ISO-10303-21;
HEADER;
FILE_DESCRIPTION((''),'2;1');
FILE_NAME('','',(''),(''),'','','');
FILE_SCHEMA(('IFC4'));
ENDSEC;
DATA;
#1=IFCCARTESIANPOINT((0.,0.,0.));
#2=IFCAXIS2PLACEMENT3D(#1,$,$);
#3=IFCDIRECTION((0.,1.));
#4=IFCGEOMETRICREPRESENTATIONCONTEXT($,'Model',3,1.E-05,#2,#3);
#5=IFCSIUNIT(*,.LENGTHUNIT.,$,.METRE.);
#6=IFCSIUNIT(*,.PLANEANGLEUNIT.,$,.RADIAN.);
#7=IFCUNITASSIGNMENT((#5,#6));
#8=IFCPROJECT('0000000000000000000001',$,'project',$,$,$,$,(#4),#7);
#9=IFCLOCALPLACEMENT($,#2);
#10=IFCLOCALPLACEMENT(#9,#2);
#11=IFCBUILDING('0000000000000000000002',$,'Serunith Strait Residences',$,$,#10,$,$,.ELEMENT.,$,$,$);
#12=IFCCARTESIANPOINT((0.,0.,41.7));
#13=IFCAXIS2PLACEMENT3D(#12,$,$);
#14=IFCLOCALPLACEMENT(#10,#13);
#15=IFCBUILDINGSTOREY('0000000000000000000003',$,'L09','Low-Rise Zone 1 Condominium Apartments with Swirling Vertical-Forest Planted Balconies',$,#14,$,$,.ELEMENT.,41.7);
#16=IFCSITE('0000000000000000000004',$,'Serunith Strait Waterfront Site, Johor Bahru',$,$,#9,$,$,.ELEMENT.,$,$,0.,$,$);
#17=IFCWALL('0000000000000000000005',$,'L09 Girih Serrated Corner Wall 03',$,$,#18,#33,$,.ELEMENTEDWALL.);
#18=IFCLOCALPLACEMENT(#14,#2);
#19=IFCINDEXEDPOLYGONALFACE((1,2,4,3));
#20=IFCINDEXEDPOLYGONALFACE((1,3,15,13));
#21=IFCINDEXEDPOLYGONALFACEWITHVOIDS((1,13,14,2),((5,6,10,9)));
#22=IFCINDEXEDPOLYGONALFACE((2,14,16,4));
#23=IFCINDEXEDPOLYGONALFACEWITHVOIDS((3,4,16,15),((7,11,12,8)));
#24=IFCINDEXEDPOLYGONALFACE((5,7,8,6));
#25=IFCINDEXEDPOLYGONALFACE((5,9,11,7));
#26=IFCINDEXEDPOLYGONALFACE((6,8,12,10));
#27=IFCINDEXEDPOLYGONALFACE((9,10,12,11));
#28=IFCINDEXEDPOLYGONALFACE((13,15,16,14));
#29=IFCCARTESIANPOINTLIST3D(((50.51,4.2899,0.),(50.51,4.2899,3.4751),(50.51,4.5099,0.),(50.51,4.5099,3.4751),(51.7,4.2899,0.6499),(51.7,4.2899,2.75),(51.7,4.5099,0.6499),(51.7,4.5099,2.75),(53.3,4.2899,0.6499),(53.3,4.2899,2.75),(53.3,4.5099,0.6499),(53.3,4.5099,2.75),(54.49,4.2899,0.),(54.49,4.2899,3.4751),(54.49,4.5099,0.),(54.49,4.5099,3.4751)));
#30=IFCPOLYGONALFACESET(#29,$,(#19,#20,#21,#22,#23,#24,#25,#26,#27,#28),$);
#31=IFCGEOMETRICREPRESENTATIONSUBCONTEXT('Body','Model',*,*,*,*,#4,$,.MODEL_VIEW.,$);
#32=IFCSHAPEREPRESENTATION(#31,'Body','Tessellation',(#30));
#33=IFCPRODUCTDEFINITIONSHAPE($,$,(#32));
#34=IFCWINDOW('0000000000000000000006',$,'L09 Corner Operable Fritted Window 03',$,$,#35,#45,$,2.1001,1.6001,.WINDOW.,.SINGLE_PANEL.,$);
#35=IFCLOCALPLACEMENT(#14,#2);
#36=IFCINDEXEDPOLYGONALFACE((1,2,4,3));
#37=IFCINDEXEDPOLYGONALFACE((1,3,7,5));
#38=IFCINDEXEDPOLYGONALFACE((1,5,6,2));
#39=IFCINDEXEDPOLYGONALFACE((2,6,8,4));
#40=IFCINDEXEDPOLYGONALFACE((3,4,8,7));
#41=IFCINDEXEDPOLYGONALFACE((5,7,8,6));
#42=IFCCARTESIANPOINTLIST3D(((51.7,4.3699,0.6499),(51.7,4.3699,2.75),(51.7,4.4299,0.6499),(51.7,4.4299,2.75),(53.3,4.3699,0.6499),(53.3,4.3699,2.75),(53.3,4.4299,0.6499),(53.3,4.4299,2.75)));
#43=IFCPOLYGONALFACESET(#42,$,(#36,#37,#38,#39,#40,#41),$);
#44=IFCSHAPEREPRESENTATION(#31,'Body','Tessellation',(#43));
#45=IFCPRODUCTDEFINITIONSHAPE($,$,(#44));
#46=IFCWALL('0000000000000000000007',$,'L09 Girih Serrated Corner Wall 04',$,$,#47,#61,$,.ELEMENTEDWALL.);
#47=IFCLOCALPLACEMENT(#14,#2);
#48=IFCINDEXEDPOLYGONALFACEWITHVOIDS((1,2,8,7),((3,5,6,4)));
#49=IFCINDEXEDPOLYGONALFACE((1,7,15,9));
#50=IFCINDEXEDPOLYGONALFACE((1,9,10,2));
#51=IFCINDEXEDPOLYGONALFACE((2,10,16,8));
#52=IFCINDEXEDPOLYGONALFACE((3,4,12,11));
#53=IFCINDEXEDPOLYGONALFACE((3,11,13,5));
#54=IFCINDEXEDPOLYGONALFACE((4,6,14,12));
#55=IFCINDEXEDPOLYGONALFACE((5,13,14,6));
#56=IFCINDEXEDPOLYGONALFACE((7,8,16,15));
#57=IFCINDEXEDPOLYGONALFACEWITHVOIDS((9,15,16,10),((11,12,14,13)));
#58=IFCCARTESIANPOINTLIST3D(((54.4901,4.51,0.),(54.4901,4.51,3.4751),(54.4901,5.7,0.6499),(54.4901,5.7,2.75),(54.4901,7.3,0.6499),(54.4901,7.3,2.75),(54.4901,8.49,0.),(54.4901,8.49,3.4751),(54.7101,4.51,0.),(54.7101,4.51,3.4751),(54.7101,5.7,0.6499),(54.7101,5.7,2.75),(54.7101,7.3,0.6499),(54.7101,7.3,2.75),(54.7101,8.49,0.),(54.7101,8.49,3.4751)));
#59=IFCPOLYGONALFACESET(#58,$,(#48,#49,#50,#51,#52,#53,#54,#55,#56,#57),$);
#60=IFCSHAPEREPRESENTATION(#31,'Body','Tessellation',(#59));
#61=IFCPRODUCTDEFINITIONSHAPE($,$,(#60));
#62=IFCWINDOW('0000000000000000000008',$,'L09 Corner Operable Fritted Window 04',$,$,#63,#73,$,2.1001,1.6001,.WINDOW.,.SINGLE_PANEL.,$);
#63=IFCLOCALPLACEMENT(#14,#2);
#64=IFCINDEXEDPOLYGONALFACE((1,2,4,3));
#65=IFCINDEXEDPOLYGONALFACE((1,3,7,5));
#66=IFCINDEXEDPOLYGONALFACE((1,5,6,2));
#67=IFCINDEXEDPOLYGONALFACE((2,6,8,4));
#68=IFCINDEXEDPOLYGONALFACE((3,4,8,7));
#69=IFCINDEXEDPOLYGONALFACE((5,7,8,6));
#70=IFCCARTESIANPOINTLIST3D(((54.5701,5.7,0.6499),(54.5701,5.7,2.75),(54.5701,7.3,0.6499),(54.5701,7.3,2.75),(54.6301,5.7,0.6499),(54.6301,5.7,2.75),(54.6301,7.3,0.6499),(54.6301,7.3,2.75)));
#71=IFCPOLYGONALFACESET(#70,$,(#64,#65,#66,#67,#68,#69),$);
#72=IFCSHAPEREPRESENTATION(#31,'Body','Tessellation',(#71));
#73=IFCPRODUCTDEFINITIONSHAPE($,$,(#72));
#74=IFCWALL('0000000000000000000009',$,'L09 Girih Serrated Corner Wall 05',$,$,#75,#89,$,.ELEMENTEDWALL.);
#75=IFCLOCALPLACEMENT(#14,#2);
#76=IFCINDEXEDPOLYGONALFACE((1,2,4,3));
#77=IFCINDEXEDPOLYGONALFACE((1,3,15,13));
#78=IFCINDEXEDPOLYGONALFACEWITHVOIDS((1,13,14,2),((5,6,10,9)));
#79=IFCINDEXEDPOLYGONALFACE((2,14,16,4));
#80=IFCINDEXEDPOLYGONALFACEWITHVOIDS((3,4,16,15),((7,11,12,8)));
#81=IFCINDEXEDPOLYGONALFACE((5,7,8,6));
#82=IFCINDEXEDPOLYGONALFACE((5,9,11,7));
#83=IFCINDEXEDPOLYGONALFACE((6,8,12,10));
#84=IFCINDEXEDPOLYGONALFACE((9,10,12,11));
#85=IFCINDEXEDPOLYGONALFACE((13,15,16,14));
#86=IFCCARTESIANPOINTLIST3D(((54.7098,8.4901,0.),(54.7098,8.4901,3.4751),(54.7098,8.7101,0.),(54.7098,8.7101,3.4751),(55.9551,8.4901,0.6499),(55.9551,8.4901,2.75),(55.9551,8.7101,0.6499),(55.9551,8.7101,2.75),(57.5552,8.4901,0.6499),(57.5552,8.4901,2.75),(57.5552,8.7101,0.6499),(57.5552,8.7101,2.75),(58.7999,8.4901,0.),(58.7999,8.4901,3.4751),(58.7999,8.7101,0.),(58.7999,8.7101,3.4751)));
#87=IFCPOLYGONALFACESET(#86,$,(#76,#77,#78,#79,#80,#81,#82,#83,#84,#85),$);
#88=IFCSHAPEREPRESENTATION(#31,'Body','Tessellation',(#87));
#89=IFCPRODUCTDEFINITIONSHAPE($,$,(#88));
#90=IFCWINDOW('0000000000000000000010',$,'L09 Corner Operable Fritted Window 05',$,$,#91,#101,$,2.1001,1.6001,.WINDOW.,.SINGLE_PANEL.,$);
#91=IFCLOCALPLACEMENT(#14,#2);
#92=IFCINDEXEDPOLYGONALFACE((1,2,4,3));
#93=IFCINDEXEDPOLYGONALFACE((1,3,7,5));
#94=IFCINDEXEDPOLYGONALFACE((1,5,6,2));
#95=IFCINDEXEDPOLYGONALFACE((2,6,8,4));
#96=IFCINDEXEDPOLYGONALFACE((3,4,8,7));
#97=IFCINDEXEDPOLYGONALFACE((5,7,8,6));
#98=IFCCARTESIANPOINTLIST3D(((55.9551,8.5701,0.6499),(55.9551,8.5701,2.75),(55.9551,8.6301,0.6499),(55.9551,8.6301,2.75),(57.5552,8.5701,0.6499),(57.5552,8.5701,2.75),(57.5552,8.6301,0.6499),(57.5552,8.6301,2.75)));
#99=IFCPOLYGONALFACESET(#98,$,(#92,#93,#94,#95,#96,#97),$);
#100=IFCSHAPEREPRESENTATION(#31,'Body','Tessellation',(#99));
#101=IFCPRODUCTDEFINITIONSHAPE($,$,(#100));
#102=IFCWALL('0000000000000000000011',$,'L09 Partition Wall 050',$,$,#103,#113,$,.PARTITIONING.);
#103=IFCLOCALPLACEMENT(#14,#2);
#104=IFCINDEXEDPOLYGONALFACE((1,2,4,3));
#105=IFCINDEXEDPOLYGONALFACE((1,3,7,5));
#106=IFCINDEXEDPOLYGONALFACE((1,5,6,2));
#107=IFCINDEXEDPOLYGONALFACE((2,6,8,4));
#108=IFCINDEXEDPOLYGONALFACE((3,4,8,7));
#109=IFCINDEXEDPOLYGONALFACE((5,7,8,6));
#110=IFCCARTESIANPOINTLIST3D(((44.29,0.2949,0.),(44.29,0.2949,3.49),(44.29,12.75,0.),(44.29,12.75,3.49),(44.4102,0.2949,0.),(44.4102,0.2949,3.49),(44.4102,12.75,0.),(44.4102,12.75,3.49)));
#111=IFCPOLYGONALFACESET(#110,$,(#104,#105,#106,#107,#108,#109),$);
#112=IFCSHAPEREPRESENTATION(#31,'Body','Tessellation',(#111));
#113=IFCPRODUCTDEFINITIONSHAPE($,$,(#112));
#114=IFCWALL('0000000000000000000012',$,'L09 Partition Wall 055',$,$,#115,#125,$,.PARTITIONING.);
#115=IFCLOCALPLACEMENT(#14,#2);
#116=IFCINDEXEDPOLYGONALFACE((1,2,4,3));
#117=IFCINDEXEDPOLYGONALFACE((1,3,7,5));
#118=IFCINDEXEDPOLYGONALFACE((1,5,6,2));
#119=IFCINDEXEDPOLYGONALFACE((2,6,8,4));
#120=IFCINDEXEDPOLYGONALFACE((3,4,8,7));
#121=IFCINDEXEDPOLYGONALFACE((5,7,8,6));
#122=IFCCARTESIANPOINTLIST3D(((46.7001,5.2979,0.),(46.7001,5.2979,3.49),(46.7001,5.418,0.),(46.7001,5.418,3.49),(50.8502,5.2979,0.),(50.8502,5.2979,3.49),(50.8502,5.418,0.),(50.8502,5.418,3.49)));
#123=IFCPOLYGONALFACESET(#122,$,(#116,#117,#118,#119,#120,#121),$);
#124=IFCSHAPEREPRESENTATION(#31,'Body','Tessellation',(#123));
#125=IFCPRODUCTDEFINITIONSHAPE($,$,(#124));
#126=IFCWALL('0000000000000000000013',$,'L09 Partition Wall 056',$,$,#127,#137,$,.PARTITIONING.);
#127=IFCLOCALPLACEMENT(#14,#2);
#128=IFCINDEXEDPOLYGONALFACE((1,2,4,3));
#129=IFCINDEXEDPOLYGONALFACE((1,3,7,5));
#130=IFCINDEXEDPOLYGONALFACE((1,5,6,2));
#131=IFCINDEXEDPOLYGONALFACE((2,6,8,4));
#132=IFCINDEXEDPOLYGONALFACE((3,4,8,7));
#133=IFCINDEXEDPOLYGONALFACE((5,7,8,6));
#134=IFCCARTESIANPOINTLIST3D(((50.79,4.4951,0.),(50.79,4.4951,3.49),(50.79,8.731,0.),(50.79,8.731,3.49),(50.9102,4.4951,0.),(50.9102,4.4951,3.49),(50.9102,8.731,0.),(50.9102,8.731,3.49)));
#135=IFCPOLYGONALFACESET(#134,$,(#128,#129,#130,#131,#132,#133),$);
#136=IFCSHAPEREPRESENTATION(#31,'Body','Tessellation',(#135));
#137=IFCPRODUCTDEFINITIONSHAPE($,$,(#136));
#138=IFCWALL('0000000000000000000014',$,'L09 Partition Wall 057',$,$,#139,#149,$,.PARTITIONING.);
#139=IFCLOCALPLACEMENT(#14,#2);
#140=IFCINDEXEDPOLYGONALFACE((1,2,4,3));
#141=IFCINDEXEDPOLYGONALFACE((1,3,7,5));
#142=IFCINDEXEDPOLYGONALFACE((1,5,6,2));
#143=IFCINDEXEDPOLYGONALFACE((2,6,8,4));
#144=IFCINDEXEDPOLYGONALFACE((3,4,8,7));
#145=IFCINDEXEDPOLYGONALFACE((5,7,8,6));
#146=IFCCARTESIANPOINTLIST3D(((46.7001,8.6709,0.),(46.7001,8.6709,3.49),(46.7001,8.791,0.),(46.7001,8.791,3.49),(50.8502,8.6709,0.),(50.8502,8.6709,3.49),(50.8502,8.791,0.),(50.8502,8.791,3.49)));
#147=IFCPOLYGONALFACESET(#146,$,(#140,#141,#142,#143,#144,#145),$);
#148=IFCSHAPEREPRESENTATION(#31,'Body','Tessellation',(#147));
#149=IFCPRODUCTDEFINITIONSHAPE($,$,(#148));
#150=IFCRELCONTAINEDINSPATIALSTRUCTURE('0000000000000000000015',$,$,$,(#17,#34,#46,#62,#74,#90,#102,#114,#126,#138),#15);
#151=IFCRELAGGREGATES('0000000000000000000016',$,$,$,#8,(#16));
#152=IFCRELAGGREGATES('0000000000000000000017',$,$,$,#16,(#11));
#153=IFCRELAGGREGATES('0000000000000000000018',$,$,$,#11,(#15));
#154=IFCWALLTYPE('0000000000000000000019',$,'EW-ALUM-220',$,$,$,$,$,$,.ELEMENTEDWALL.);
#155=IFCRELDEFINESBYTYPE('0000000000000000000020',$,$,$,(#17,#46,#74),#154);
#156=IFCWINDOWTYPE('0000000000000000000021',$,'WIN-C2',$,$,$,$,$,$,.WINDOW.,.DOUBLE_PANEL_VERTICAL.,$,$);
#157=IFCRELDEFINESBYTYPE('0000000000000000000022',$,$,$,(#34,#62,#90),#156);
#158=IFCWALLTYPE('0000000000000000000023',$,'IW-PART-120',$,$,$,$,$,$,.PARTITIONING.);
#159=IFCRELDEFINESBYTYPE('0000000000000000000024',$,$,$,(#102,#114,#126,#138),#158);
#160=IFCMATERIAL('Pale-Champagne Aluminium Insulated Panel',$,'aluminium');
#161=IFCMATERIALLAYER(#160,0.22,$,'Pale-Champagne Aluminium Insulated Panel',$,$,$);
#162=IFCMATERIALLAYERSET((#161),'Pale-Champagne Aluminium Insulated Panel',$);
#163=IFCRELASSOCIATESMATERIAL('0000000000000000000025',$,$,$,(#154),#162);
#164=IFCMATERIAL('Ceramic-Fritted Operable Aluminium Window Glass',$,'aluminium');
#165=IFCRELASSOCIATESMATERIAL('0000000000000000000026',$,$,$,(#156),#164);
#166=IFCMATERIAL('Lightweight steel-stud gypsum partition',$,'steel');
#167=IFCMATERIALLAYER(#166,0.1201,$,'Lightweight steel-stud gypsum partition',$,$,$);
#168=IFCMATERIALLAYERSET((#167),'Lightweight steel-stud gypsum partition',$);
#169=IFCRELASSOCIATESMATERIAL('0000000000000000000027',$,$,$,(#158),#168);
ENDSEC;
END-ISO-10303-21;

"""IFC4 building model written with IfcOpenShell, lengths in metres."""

from ifc_helpers import new_model, si_unit, direction, frame, frame_2d, origin, place, context, subcontext, project, spatial, rectangle, extrude, source, transform, mapped, material, layer, layer_set, type_object, element, fill, save


model = new_model("IFC4")

# Units and contexts
model_context = context("Model", 3, precision=1e-05, world=origin(), true_north=direction((0.0, 1.0)))
body_context = subcontext(model_context, "Body", "Model", "MODEL_VIEW")
ifc_project = project(units=[si_unit("LENGTHUNIT", "METRE"), si_unit("PLANEANGLEUNIT", "RADIAN")], contexts=[model_context])

# Site, building, storey
site_placement = place(None, origin())
site = spatial("IfcSite", under=ifc_project, at=site_placement, Name="Serunith Strait Waterfront Site, Johor Bahru", CompositionType="ELEMENT", RefElevation=0.0)
building_placement = place(site_placement, origin())
building = spatial("IfcBuilding", under=site, at=building_placement, Name="Serunith Strait Residences", CompositionType="ELEMENT")
storey_placement = place(building_placement, frame((0.0, 0.0, 41.7)))
storey = spatial("IfcBuildingStorey", under=building, at=storey_placement, Name="L09", Description="Low-Rise Zone 1 Condominium Apartments with Swirling Vertical-Forest Planted Balconies", CompositionType="ELEMENT", Elevation=41.7)

# Walls, openings, windows
ifc_material_1 = material(Name="Pale-Champagne Aluminium Insulated Panel", Category="aluminium")
ifc_layer_1 = layer(ifc_material_1, 0.22, Name="Pale-Champagne Aluminium Insulated Panel")
ifc_layer_set_1 = layer_set([ifc_layer_1], Name="Pale-Champagne Aluminium Insulated Panel")
wall_type_1 = type_object("IfcWallType", Name="EW-ALUM-220", PredefinedType="ELEMENTEDWALL", material=ifc_layer_set_1)
ifc_material_2 = material(Name="Ceramic-Fritted Operable Aluminium Window Glass", Category="aluminium")
window_type = type_object("IfcWindowType", Name="WIN-C2", PartitioningType="DOUBLE_PANEL_VERTICAL", PredefinedType="WINDOW", material=ifc_material_2)
shared_shape_1 = source(origin(), body_context, "Body", "SweptSolid", [
    extrude(rectangle(XDim=1.6001, YDim=2.1001, at=frame_2d((0.8, 1.05))), frame((0.0, 0.03, 0.0), z_axis=(0.0, -1.0, 0.0), x_axis=(1.0, 0.0, 0.0)), (0.0, 0.0, 1.0), 0.0601),
])
wall_1_placement = place(storey_placement, frame((50.51, 4.3999, 0.0), z_axis=(0.0, 0.0, 1.0), x_axis=(1.0, 0.0, 0.0)))
wall_1 = element("IfcWall", 1, at=wall_1_placement, inside=storey, type_object=wall_type_1, Name="L09 Girih Serrated Corner Wall 03", PredefinedType="ELEMENTEDWALL", context=body_context, shape_type="SweptSolid", body=[
    extrude(rectangle(XDim=3.98, YDim=0.22, at=frame_2d((1.99, 0.0))), origin(), (0.0, 0.0, 1.0), 3.4751),
])
opening_1_placement = place(wall_1_placement, frame((1.1899, 0.0, 0.6499)))
opening_1 = element("IfcOpeningElement", 2, at=opening_1_placement, cuts=wall_1, PredefinedType="OPENING", context=body_context, shape_type="SweptSolid", body=[
    extrude(rectangle(XDim=1.6001, YDim=2.1001, at=frame_2d((0.8, 1.05))), frame((0.0, 0.1201, 0.0), z_axis=(0.0, -1.0, 0.0), x_axis=(1.0, 0.0, 0.0)), (0.0, 0.0, 1.0), 0.24),
])
window_1_placement = place(opening_1_placement, origin())
window_1 = element("IfcWindow", 3, at=window_1_placement, inside=storey, type_object=window_type, Name="L09 Corner Operable Fritted Window 03", OverallHeight=2.1001, OverallWidth=1.6001, PartitioningType="SINGLE_PANEL", PredefinedType="WINDOW", context=body_context, shape_type="MappedRepresentation", body=[
    mapped(shared_shape_1, transform((0.0, 0.0, 0.0), scale=1.0)),
])
fill(opening_1, window_1)
wall_2_placement = place(storey_placement, frame((54.6001, 4.51, 0.0), z_axis=(0.0, 0.0, 1.0), x_axis=(0.0, 1.0, 0.0)))
wall_2 = element("IfcWall", 4, at=wall_2_placement, inside=storey, type_object=wall_type_1, Name="L09 Girih Serrated Corner Wall 04", PredefinedType="ELEMENTEDWALL", context=body_context, shape_type="SweptSolid", body=[
    extrude(rectangle(XDim=3.98, YDim=0.22, at=frame_2d((1.99, 0.0))), origin(), (0.0, 0.0, 1.0), 3.4751),
])
opening_2_placement = place(wall_2_placement, frame((1.1899, 0.0, 0.6499)))
opening_2 = element("IfcOpeningElement", 5, at=opening_2_placement, cuts=wall_2, PredefinedType="OPENING", context=body_context, shape_type="SweptSolid", body=[
    extrude(rectangle(XDim=1.6001, YDim=2.1001, at=frame_2d((0.8, 1.05))), frame((0.0, 0.1201, 0.0), z_axis=(0.0, -1.0, 0.0), x_axis=(1.0, 0.0, 0.0)), (0.0, 0.0, 1.0), 0.24),
])
window_2_placement = place(opening_2_placement, origin())
window_2 = element("IfcWindow", 6, at=window_2_placement, inside=storey, type_object=window_type, Name="L09 Corner Operable Fritted Window 04", OverallHeight=2.1001, OverallWidth=1.6001, PartitioningType="SINGLE_PANEL", PredefinedType="WINDOW", context=body_context, shape_type="MappedRepresentation", body=[
    mapped(shared_shape_1, transform((0.0, 0.0, 0.0), scale=1.0)),
])
fill(opening_2, window_2)
wall_3_placement = place(storey_placement, frame((54.71, 8.6001, 0.0), z_axis=(0.0, 0.0, 1.0), x_axis=(1.0, 0.0, 0.0)))
wall_3 = element("IfcWall", 7, at=wall_3_placement, inside=storey, type_object=wall_type_1, Name="L09 Girih Serrated Corner Wall 05", PredefinedType="ELEMENTEDWALL", context=body_context, shape_type="SweptSolid", body=[
    extrude(rectangle(XDim=4.0901, YDim=0.22, at=frame_2d((2.0449, 0.0))), origin(), (0.0, 0.0, 1.0), 3.4751),
])
opening_3_placement = place(wall_3_placement, frame((1.2451, 0.0, 0.6499)))
opening_3 = element("IfcOpeningElement", 8, at=opening_3_placement, cuts=wall_3, PredefinedType="OPENING", context=body_context, shape_type="SweptSolid", body=[
    extrude(rectangle(XDim=1.6001, YDim=2.1001, at=frame_2d((0.8, 1.05))), frame((0.0, 0.1201, 0.0), z_axis=(0.0, -1.0, 0.0), x_axis=(1.0, 0.0, 0.0)), (0.0, 0.0, 1.0), 0.24),
])
window_3_placement = place(opening_3_placement, origin())
window_3 = element("IfcWindow", 9, at=window_3_placement, inside=storey, type_object=window_type, Name="L09 Corner Operable Fritted Window 05", OverallHeight=2.1001, OverallWidth=1.6001, PartitioningType="SINGLE_PANEL", PredefinedType="WINDOW", context=body_context, shape_type="MappedRepresentation", body=[
    mapped(shared_shape_1, transform((0.0, 0.0, 0.0), scale=1.0)),
])
fill(opening_3, window_3)

# Walls
ifc_material_3 = material(Name="Lightweight steel-stud gypsum partition", Category="steel")
ifc_layer_2 = layer(ifc_material_3, 0.1201, Name="Lightweight steel-stud gypsum partition")
ifc_layer_set_2 = layer_set([ifc_layer_2], Name="Lightweight steel-stud gypsum partition")
wall_type_2 = type_object("IfcWallType", Name="IW-PART-120", PredefinedType="PARTITIONING", material=ifc_layer_set_2)
wall_4_placement = place(storey_placement, frame((44.3501, 0.2949, 0.0), z_axis=(0.0, 0.0, 1.0), x_axis=(0.0, 1.0, 0.0)))
element("IfcWall", 10, at=wall_4_placement, inside=storey, type_object=wall_type_2, Name="L09 Partition Wall 050", PredefinedType="PARTITIONING", context=body_context, shape_type="SweptSolid", body=[
    extrude(rectangle(XDim=12.4551, YDim=0.1201, at=frame_2d((6.2275, 0.0))), origin(), (0.0, 0.0, 1.0), 3.49),
])
wall_5_placement = place(storey_placement, frame((46.7, 5.3579, 0.0), z_axis=(0.0, 0.0, 1.0), x_axis=(1.0, 0.0, 0.0)))
element("IfcWall", 11, at=wall_5_placement, inside=storey, type_object=wall_type_2, Name="L09 Partition Wall 055", PredefinedType="PARTITIONING", context=body_context, shape_type="SweptSolid", body=[
    extrude(rectangle(XDim=4.1501, YDim=0.1201, at=frame_2d((2.0752, 0.0))), origin(), (0.0, 0.0, 1.0), 3.49),
])
wall_6_placement = place(storey_placement, frame((50.8501, 4.4951, 0.0), z_axis=(0.0, 0.0, 1.0), x_axis=(0.0, 1.0, 0.0)))
element("IfcWall", 12, at=wall_6_placement, inside=storey, type_object=wall_type_2, Name="L09 Partition Wall 056", PredefinedType="PARTITIONING", context=body_context, shape_type="SweptSolid", body=[
    extrude(rectangle(XDim=4.2358, YDim=0.1201, at=frame_2d((2.1179, 0.0))), origin(), (0.0, 0.0, 1.0), 3.49),
])
wall_7_placement = place(storey_placement, frame((46.7, 8.731, 0.0), z_axis=(0.0, 0.0, 1.0), x_axis=(1.0, 0.0, 0.0)))
element("IfcWall", 13, at=wall_7_placement, inside=storey, type_object=wall_type_2, Name="L09 Partition Wall 057", PredefinedType="PARTITIONING", context=body_context, shape_type="SweptSolid", body=[
    extrude(rectangle(XDim=4.1501, YDim=0.1201, at=frame_2d((2.0752, 0.0))), origin(), (0.0, 0.0, 1.0), 3.49),
])

save(model, "model.ifc")
